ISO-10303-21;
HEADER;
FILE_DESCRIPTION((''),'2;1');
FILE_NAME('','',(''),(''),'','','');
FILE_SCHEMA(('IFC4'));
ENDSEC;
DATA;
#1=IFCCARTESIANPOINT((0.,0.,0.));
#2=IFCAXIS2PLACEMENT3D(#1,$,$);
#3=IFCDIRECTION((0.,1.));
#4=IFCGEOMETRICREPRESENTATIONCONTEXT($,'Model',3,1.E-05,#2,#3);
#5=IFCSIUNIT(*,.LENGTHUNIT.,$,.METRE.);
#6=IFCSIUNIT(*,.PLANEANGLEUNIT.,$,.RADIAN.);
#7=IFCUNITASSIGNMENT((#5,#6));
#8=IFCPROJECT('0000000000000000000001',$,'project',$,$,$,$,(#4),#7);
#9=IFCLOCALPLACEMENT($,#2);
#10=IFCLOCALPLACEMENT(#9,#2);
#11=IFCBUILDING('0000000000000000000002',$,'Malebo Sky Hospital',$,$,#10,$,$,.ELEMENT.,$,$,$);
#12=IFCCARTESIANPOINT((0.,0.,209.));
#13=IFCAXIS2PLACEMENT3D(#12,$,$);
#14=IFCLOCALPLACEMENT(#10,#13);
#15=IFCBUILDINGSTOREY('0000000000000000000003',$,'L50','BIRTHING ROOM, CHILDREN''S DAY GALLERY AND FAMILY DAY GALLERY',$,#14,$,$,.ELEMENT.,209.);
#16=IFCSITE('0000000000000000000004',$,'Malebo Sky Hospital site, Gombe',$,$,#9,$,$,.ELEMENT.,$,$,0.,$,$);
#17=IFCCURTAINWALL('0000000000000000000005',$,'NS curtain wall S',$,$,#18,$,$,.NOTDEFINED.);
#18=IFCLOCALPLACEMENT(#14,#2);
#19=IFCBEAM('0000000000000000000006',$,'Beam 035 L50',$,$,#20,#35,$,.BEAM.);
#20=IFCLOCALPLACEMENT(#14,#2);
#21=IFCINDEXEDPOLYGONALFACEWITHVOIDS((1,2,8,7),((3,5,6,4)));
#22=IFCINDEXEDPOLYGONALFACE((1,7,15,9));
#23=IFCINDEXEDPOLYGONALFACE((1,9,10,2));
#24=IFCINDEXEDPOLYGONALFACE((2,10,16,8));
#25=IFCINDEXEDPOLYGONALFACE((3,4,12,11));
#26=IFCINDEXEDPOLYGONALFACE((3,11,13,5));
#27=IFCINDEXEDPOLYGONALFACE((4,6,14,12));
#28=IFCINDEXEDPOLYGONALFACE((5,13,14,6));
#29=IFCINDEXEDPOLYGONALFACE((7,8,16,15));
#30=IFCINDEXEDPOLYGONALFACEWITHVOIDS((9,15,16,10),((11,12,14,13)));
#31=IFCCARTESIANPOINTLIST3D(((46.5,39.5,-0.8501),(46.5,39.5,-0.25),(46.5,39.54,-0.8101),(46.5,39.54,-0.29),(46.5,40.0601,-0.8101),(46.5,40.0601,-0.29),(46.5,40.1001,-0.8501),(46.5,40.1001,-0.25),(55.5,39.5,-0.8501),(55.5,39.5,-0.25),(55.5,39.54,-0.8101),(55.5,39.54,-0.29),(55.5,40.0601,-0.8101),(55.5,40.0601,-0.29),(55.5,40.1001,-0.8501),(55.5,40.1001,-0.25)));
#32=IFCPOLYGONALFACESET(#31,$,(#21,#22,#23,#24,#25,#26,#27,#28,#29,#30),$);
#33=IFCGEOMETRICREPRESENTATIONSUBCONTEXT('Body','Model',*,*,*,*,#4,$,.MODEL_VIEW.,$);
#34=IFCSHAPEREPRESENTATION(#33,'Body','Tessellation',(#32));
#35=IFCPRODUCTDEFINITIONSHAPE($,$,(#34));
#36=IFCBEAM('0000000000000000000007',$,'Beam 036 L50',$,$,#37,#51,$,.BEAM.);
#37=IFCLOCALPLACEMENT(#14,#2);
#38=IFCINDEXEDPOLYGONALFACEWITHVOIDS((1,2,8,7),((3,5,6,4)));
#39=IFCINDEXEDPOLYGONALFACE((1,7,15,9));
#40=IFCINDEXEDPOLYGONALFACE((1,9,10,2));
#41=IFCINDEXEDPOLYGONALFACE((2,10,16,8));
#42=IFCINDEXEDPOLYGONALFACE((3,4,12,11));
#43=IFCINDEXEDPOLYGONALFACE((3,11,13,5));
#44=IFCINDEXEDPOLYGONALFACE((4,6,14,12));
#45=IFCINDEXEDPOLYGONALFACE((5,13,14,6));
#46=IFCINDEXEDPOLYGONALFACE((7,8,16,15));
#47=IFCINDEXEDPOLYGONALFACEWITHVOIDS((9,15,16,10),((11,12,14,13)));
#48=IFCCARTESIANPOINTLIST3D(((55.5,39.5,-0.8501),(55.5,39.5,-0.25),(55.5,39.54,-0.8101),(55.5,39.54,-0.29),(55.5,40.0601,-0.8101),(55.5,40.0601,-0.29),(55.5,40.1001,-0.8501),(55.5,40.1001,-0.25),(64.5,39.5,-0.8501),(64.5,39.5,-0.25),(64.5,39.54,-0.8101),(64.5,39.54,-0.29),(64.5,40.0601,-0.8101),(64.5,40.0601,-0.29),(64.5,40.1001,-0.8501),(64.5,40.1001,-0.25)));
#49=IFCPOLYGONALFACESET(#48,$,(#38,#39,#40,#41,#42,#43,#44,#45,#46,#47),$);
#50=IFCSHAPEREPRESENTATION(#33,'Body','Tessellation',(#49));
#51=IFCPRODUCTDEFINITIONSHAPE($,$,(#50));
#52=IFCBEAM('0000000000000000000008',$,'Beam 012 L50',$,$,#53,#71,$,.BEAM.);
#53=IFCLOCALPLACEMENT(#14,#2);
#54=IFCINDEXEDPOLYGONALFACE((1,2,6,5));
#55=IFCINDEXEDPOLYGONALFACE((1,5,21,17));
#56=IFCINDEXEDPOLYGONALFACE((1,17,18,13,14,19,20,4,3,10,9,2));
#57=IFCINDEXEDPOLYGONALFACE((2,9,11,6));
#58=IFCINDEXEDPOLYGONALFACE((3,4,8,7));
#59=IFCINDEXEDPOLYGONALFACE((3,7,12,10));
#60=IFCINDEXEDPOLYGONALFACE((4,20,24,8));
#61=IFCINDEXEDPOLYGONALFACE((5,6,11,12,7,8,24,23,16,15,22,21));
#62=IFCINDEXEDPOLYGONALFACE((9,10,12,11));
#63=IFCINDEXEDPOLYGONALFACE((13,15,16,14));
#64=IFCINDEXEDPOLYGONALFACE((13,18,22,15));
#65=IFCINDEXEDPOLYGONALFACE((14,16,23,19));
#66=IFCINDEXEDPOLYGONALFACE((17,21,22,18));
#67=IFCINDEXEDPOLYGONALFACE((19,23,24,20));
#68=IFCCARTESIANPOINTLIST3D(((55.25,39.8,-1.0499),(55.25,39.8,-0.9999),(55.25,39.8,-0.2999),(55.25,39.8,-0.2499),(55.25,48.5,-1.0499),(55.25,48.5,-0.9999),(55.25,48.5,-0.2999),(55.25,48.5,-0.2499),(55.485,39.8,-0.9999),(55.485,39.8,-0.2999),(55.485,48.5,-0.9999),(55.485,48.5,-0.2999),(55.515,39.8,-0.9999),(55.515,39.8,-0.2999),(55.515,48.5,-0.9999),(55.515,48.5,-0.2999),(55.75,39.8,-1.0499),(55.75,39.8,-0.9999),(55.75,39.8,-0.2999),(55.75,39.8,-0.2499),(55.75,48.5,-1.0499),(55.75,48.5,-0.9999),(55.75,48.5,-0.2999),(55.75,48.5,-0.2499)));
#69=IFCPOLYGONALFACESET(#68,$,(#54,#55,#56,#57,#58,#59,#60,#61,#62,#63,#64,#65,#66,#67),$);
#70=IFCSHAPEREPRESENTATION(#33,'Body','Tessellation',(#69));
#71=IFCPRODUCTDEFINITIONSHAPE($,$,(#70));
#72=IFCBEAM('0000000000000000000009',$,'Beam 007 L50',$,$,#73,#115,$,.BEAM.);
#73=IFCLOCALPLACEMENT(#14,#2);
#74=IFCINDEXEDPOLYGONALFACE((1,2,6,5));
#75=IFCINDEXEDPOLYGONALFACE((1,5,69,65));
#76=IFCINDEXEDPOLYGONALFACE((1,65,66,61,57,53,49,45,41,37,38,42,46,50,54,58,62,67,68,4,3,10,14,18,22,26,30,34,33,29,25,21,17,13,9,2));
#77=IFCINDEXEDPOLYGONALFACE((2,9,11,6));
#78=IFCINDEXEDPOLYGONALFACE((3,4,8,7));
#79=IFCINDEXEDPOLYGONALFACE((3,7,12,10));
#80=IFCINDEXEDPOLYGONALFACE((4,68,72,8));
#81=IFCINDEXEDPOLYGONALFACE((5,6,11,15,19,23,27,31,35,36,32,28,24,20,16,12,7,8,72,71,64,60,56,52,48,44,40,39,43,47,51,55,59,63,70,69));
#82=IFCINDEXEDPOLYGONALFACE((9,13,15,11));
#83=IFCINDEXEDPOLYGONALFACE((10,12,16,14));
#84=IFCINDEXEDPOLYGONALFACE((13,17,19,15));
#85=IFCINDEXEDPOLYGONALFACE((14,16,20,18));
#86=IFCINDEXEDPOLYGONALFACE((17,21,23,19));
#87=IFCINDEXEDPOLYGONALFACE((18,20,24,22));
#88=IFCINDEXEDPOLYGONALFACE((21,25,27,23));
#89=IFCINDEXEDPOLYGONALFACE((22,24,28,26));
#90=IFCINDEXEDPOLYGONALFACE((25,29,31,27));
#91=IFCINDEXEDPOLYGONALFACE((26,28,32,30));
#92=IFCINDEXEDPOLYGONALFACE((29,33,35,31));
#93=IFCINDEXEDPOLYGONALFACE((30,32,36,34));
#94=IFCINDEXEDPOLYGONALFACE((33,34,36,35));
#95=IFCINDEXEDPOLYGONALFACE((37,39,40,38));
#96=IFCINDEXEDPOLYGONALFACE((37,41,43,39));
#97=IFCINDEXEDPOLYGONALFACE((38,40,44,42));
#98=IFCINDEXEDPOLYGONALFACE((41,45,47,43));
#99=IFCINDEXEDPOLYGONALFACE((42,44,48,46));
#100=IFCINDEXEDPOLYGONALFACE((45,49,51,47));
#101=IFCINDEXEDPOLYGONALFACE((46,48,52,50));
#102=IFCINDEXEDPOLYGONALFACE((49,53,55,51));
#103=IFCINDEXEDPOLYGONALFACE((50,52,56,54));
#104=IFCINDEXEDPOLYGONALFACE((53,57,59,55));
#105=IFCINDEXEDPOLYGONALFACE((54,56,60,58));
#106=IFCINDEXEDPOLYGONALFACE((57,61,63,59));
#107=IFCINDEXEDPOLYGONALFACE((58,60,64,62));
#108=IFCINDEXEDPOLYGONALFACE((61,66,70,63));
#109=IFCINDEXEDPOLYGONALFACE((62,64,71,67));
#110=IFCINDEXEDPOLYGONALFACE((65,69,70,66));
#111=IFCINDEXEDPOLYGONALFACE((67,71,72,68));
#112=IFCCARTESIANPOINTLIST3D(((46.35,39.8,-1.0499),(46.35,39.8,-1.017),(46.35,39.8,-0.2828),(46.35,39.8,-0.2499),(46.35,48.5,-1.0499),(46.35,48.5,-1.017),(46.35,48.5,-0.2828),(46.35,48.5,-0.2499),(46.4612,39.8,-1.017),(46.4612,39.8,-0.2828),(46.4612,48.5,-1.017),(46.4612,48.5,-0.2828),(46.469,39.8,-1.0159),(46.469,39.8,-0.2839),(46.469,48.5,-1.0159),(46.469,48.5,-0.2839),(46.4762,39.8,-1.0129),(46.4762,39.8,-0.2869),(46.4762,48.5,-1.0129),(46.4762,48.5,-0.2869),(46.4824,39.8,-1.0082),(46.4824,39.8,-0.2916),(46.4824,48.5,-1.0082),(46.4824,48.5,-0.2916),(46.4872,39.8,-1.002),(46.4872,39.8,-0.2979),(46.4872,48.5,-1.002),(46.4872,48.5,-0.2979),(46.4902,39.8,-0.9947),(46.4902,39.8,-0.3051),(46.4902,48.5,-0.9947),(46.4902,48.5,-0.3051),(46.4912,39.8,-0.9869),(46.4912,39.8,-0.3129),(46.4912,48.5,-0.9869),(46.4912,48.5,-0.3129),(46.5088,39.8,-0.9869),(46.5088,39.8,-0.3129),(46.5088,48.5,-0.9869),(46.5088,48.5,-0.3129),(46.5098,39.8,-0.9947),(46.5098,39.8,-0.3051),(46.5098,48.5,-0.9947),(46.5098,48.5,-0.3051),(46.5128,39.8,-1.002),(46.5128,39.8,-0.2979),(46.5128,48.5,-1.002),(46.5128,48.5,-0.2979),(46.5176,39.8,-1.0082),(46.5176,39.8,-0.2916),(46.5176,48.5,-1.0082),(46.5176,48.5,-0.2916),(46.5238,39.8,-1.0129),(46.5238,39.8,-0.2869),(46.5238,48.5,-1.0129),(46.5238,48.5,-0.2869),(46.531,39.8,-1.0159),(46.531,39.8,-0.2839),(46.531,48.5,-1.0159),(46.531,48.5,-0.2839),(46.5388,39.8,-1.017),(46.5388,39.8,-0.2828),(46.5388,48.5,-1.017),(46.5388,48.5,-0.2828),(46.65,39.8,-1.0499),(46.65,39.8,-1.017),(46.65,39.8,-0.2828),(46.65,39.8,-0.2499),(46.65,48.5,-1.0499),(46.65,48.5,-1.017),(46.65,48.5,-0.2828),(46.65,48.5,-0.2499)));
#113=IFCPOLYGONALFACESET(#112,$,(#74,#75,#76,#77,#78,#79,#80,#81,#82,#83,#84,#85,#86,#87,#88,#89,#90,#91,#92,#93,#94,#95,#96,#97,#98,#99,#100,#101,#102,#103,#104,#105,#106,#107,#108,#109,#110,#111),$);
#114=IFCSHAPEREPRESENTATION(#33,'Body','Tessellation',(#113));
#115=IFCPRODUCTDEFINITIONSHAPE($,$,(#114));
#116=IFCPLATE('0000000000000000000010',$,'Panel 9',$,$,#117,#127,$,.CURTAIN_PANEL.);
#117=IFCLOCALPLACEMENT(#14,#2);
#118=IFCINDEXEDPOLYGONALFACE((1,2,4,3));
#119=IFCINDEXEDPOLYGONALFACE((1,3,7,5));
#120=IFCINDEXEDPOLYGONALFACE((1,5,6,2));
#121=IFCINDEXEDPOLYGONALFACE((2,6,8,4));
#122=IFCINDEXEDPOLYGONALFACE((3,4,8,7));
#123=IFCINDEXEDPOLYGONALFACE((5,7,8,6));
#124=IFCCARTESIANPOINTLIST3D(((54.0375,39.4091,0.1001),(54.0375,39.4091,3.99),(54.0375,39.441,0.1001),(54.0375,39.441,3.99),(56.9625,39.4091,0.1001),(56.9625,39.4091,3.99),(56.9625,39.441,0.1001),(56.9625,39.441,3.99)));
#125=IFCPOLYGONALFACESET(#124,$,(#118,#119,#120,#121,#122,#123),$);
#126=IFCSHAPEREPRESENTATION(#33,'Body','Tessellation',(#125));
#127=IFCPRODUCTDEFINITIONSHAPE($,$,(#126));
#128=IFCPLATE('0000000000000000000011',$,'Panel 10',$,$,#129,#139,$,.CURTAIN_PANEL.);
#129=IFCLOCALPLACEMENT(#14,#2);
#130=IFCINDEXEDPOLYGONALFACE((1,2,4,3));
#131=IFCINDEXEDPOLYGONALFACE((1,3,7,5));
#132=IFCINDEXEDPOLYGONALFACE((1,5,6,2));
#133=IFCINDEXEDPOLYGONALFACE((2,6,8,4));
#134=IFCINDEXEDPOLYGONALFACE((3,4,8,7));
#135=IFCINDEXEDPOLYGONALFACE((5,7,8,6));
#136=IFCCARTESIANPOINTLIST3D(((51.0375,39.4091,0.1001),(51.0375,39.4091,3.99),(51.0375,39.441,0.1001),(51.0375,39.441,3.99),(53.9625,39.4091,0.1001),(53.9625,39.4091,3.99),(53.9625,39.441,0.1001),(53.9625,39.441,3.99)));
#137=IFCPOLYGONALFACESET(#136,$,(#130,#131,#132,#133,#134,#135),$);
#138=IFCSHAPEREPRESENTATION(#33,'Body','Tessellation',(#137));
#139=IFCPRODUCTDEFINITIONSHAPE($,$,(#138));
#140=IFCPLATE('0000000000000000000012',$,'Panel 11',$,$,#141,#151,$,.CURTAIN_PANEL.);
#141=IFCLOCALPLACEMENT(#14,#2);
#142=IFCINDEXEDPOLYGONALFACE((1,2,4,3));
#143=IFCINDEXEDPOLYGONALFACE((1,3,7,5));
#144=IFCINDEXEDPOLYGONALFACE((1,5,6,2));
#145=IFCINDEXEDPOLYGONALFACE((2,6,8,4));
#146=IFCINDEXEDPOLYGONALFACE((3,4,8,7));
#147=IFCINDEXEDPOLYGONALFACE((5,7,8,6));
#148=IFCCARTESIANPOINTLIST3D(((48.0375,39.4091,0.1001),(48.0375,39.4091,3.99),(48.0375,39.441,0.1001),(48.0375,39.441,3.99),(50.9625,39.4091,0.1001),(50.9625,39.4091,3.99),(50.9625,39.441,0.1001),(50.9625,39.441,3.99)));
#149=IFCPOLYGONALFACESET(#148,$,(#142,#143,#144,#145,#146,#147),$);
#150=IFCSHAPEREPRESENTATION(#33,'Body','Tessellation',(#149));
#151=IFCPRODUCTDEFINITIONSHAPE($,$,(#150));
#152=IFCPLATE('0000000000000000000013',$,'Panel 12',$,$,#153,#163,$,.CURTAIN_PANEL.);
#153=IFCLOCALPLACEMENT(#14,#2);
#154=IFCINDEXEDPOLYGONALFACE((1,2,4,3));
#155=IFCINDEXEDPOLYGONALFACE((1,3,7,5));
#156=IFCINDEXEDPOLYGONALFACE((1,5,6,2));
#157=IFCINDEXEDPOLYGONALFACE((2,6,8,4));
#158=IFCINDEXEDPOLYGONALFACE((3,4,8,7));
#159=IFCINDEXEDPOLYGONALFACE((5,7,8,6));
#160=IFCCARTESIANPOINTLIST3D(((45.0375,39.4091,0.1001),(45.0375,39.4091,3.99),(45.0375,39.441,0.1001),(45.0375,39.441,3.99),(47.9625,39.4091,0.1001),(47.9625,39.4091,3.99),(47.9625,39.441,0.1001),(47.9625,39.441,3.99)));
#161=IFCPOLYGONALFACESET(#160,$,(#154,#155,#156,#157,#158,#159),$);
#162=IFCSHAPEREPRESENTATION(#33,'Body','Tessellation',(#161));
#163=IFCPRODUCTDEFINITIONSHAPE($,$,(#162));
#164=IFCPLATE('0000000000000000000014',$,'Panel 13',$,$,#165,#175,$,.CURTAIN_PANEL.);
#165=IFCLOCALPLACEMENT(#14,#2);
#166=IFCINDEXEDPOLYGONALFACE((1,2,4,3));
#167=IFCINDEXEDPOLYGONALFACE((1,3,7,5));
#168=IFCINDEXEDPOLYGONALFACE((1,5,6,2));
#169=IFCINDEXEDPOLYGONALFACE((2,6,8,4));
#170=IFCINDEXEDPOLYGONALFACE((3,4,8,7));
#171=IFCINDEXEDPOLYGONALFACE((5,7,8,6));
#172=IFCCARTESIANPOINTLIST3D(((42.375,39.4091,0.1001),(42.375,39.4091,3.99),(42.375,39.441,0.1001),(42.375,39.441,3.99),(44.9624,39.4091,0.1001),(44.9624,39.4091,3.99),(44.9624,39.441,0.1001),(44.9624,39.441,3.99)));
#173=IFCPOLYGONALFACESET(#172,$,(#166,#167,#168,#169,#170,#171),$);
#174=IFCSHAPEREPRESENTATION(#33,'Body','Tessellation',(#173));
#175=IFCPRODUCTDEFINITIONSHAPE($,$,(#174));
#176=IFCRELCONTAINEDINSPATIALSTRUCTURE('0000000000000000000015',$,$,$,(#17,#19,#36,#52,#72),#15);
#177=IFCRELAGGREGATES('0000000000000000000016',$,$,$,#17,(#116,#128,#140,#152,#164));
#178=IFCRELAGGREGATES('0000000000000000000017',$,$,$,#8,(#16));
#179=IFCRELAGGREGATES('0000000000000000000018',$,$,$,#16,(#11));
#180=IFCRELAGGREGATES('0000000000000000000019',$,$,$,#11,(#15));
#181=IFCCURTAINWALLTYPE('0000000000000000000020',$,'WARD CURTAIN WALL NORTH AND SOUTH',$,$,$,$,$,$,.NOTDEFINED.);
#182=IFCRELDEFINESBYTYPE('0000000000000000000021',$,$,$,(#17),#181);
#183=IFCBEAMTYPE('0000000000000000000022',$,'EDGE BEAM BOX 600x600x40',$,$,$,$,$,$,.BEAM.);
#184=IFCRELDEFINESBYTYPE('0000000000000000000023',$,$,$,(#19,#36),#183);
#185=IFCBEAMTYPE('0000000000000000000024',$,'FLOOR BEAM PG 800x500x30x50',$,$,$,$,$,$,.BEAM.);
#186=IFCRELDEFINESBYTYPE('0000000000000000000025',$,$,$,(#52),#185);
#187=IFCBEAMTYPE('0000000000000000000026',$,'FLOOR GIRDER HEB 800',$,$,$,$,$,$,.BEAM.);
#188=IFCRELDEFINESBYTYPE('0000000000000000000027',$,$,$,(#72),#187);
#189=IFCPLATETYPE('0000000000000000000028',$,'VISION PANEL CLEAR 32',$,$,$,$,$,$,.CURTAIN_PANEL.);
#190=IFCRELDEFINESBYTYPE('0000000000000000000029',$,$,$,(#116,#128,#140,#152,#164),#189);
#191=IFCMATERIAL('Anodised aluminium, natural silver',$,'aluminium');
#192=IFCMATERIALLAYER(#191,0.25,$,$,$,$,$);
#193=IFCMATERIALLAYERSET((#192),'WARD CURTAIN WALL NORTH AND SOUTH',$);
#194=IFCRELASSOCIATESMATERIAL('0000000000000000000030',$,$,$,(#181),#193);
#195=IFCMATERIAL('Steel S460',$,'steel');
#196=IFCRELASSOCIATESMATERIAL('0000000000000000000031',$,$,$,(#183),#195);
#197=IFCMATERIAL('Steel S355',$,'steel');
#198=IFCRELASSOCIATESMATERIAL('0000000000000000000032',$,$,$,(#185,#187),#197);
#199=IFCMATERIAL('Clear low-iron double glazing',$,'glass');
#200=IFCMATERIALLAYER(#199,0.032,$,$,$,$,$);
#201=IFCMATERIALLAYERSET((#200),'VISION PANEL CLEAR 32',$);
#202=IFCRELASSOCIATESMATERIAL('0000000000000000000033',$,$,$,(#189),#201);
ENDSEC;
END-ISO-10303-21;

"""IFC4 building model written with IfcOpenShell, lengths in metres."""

from ifc_helpers import new_model, si_unit, direction, frame, origin, origin_2d, place, context, subcontext, project, spatial, rectangle, hollow_rectangle, i_section, extrude, material, layer, layer_set, material_profile, profile_set, type_object, element, aggregate, save


model = new_model("IFC4")

# Units and contexts
model_context = context("Model", 3, precision=1e-05, world=origin(), true_north=direction((0.0, 1.0)))
body_context = subcontext(model_context, "Body", "Model", "MODEL_VIEW")
ifc_project = project(units=[si_unit("LENGTHUNIT", "METRE"), si_unit("PLANEANGLEUNIT", "RADIAN")], contexts=[model_context])

# Site, building, storey
site_placement = place(None, origin())
site = spatial("IfcSite", under=ifc_project, at=site_placement, Name="Malebo Sky Hospital site, Gombe", CompositionType="ELEMENT", RefElevation=0.0)
building_placement = place(site_placement, origin())
building = spatial("IfcBuilding", under=site, at=building_placement, Name="Malebo Sky Hospital", CompositionType="ELEMENT")
storey_placement = place(building_placement, frame((0.0, 0.0, 209.0)))
storey = spatial("IfcBuildingStorey", under=building, at=storey_placement, Name="L50", Description="BIRTHING ROOM, CHILDREN'S DAY GALLERY AND FAMILY DAY GALLERY", CompositionType="ELEMENT", Elevation=209.0)

# Shared definitions
ifc_material_1 = material(Name="Steel S460", Category="steel")

# Curtain wall
ifc_material_2 = material(Name="Anodised aluminium, natural silver", Category="aluminium")
ifc_layer_1 = layer(ifc_material_2, 0.25)
ifc_layer_set_1 = layer_set([ifc_layer_1], Name="WARD CURTAIN WALL NORTH AND SOUTH")
curtain_wall_type = type_object("IfcCurtainWallType", Name="WARD CURTAIN WALL NORTH AND SOUTH", PredefinedType="NOTDEFINED", material=ifc_layer_set_1)
curtain_wall_placement = place(storey_placement, origin())
curtain_wall = element("IfcCurtainWall", 1, at=curtain_wall_placement, inside=storey, type_object=curtain_wall_type, Name="NS curtain wall S", PredefinedType="NOTDEFINED")

# Beams
ifc_material_profile_1 = material_profile(ifc_material_1, hollow_rectangle(XDim=0.6001, YDim=0.6001, WallThickness=0.04, at=origin_2d()), Name="BOX 600x600x40")
ifc_profile_set_1 = profile_set([ifc_material_profile_1], Name="Steel S460")
beam_type_1 = type_object("IfcBeamType", Name="EDGE BEAM BOX 600x600x40", PredefinedType="BEAM", material=ifc_profile_set_1)
for number, where, z_axis, x_axis, name in (
    (2, (46.5, 39.8, -0.55), (1.0, 0.0, 0.0), (0.0, 1.0, 0.0), "Beam 035 L50"),
    (3, (55.5, 39.8, -0.55), (1.0, 0.0, 0.0), (0.0, 1.0, 0.0), "Beam 036 L50"),
):
    element("IfcBeam", number, at=place(storey_placement, frame(where, z_axis=z_axis, x_axis=x_axis)), inside=storey, type_object=beam_type_1, Name=name, PredefinedType="BEAM", context=body_context, shape_type="SweptSolid", body=[
        extrude(hollow_rectangle(XDim=0.6001, YDim=0.6001, WallThickness=0.04, at=origin_2d()), origin(), (0.0, 0.0, 1.0), 9.0),
    ])
ifc_material_3 = material(Name="Steel S355", Category="steel")
ifc_material_profile_2 = material_profile(ifc_material_3, i_section(OverallWidth=0.5, OverallDepth=0.8, WebThickness=0.03, FlangeThickness=0.05, at=origin_2d()), Name="PG 800x500x30x50")
ifc_profile_set_2 = profile_set([ifc_material_profile_2], Name="Steel S355")
beam_type_2 = type_object("IfcBeamType", Name="FLOOR BEAM PG 800x500x30x50", PredefinedType="BEAM", material=ifc_profile_set_2)
beam_1_placement = place(storey_placement, frame((55.5, 39.8, -0.6499), z_axis=(0.0, 1.0, 0.0), x_axis=(-1.0, 0.0, 0.0)))
element("IfcBeam", 4, at=beam_1_placement, inside=storey, type_object=beam_type_2, Name="Beam 012 L50", PredefinedType="BEAM", context=body_context, shape_type="SweptSolid", body=[
    extrude(i_section(OverallWidth=0.5, OverallDepth=0.8, WebThickness=0.03, FlangeThickness=0.05, at=origin_2d()), origin(), (0.0, 0.0, 1.0), 8.7),
])
ifc_material_profile_3 = material_profile(ifc_material_3, i_section(OverallWidth=0.3, OverallDepth=0.8, WebThickness=0.0176, FlangeThickness=0.033, FilletRadius=0.03, at=origin_2d()), Name="HEB 800")
ifc_profile_set_3 = profile_set([ifc_material_profile_3], Name="Steel S355")
beam_type_3 = type_object("IfcBeamType", Name="FLOOR GIRDER HEB 800", PredefinedType="BEAM", material=ifc_profile_set_3)
beam_2_placement = place(storey_placement, frame((46.5, 39.8, -0.6499), z_axis=(0.0, 1.0, 0.0), x_axis=(-1.0, 0.0, 0.0)))
element("IfcBeam", 5, at=beam_2_placement, inside=storey, type_object=beam_type_3, Name="Beam 007 L50", PredefinedType="BEAM", context=body_context, shape_type="SweptSolid", body=[
    extrude(i_section(OverallWidth=0.3, OverallDepth=0.8, WebThickness=0.0176, FlangeThickness=0.033, FilletRadius=0.03, at=origin_2d()), origin(), (0.0, 0.0, 1.0), 8.7),
])

# Plates
ifc_material_4 = material(Name="Clear low-iron double glazing", Category="glass")
ifc_layer_2 = layer(ifc_material_4, 0.032)
ifc_layer_set_2 = layer_set([ifc_layer_2], Name="VISION PANEL CLEAR 32")
plate_type = type_object("IfcPlateType", Name="VISION PANEL CLEAR 32", PredefinedType="CURTAIN_PANEL", material=ifc_layer_set_2)
plate_1_placement = place(storey_placement, frame((55.5, 39.425, 0.1001), z_axis=(0.0, 0.0, 1.0), x_axis=(-1.0, 0.0, 0.0)))
plate_1 = element("IfcPlate", 6, at=plate_1_placement, type_object=plate_type, Name="Panel 9", PredefinedType="CURTAIN_PANEL", context=body_context, shape_type="SweptSolid", body=[
    extrude(rectangle(XDim=2.925, YDim=0.032, at=origin_2d()), origin(), (0.0, 0.0, 1.0), 3.8899),
])
plate_2_placement = place(storey_placement, frame((52.5, 39.425, 0.1001), z_axis=(0.0, 0.0, 1.0), x_axis=(-1.0, 0.0, 0.0)))
plate_2 = element("IfcPlate", 7, at=plate_2_placement, type_object=plate_type, Name="Panel 10", PredefinedType="CURTAIN_PANEL", context=body_context, shape_type="SweptSolid", body=[
    extrude(rectangle(XDim=2.925, YDim=0.032, at=origin_2d()), origin(), (0.0, 0.0, 1.0), 3.8899),
])
plate_3_placement = place(storey_placement, frame((49.5, 39.425, 0.1001), z_axis=(0.0, 0.0, 1.0), x_axis=(-1.0, 0.0, 0.0)))
plate_3 = element("IfcPlate", 8, at=plate_3_placement, type_object=plate_type, Name="Panel 11", PredefinedType="CURTAIN_PANEL", context=body_context, shape_type="SweptSolid", body=[
    extrude(rectangle(XDim=2.925, YDim=0.032, at=origin_2d()), origin(), (0.0, 0.0, 1.0), 3.8899),
])
plate_4_placement = place(storey_placement, frame((46.5, 39.425, 0.1001), z_axis=(0.0, 0.0, 1.0), x_axis=(-1.0, 0.0, 0.0)))
plate_4 = element("IfcPlate", 9, at=plate_4_placement, type_object=plate_type, Name="Panel 12", PredefinedType="CURTAIN_PANEL", context=body_context, shape_type="SweptSolid", body=[
    extrude(rectangle(XDim=2.925, YDim=0.032, at=origin_2d()), origin(), (0.0, 0.0, 1.0), 3.8899),
])
plate_5_placement = place(storey_placement, frame((43.6687, 39.425, 0.1001), z_axis=(0.0, 0.0, 1.0), x_axis=(-1.0, 0.0, 0.0)))
plate_5 = element("IfcPlate", 10, at=plate_5_placement, type_object=plate_type, Name="Panel 13", PredefinedType="CURTAIN_PANEL", context=body_context, shape_type="SweptSolid", body=[
    extrude(rectangle(XDim=2.5874, YDim=0.032, at=origin_2d()), origin(), (0.0, 0.0, 1.0), 3.8899),
])
aggregate(curtain_wall, [plate_1, plate_2, plate_3, plate_4, plate_5])

save(model, "model.ifc")
